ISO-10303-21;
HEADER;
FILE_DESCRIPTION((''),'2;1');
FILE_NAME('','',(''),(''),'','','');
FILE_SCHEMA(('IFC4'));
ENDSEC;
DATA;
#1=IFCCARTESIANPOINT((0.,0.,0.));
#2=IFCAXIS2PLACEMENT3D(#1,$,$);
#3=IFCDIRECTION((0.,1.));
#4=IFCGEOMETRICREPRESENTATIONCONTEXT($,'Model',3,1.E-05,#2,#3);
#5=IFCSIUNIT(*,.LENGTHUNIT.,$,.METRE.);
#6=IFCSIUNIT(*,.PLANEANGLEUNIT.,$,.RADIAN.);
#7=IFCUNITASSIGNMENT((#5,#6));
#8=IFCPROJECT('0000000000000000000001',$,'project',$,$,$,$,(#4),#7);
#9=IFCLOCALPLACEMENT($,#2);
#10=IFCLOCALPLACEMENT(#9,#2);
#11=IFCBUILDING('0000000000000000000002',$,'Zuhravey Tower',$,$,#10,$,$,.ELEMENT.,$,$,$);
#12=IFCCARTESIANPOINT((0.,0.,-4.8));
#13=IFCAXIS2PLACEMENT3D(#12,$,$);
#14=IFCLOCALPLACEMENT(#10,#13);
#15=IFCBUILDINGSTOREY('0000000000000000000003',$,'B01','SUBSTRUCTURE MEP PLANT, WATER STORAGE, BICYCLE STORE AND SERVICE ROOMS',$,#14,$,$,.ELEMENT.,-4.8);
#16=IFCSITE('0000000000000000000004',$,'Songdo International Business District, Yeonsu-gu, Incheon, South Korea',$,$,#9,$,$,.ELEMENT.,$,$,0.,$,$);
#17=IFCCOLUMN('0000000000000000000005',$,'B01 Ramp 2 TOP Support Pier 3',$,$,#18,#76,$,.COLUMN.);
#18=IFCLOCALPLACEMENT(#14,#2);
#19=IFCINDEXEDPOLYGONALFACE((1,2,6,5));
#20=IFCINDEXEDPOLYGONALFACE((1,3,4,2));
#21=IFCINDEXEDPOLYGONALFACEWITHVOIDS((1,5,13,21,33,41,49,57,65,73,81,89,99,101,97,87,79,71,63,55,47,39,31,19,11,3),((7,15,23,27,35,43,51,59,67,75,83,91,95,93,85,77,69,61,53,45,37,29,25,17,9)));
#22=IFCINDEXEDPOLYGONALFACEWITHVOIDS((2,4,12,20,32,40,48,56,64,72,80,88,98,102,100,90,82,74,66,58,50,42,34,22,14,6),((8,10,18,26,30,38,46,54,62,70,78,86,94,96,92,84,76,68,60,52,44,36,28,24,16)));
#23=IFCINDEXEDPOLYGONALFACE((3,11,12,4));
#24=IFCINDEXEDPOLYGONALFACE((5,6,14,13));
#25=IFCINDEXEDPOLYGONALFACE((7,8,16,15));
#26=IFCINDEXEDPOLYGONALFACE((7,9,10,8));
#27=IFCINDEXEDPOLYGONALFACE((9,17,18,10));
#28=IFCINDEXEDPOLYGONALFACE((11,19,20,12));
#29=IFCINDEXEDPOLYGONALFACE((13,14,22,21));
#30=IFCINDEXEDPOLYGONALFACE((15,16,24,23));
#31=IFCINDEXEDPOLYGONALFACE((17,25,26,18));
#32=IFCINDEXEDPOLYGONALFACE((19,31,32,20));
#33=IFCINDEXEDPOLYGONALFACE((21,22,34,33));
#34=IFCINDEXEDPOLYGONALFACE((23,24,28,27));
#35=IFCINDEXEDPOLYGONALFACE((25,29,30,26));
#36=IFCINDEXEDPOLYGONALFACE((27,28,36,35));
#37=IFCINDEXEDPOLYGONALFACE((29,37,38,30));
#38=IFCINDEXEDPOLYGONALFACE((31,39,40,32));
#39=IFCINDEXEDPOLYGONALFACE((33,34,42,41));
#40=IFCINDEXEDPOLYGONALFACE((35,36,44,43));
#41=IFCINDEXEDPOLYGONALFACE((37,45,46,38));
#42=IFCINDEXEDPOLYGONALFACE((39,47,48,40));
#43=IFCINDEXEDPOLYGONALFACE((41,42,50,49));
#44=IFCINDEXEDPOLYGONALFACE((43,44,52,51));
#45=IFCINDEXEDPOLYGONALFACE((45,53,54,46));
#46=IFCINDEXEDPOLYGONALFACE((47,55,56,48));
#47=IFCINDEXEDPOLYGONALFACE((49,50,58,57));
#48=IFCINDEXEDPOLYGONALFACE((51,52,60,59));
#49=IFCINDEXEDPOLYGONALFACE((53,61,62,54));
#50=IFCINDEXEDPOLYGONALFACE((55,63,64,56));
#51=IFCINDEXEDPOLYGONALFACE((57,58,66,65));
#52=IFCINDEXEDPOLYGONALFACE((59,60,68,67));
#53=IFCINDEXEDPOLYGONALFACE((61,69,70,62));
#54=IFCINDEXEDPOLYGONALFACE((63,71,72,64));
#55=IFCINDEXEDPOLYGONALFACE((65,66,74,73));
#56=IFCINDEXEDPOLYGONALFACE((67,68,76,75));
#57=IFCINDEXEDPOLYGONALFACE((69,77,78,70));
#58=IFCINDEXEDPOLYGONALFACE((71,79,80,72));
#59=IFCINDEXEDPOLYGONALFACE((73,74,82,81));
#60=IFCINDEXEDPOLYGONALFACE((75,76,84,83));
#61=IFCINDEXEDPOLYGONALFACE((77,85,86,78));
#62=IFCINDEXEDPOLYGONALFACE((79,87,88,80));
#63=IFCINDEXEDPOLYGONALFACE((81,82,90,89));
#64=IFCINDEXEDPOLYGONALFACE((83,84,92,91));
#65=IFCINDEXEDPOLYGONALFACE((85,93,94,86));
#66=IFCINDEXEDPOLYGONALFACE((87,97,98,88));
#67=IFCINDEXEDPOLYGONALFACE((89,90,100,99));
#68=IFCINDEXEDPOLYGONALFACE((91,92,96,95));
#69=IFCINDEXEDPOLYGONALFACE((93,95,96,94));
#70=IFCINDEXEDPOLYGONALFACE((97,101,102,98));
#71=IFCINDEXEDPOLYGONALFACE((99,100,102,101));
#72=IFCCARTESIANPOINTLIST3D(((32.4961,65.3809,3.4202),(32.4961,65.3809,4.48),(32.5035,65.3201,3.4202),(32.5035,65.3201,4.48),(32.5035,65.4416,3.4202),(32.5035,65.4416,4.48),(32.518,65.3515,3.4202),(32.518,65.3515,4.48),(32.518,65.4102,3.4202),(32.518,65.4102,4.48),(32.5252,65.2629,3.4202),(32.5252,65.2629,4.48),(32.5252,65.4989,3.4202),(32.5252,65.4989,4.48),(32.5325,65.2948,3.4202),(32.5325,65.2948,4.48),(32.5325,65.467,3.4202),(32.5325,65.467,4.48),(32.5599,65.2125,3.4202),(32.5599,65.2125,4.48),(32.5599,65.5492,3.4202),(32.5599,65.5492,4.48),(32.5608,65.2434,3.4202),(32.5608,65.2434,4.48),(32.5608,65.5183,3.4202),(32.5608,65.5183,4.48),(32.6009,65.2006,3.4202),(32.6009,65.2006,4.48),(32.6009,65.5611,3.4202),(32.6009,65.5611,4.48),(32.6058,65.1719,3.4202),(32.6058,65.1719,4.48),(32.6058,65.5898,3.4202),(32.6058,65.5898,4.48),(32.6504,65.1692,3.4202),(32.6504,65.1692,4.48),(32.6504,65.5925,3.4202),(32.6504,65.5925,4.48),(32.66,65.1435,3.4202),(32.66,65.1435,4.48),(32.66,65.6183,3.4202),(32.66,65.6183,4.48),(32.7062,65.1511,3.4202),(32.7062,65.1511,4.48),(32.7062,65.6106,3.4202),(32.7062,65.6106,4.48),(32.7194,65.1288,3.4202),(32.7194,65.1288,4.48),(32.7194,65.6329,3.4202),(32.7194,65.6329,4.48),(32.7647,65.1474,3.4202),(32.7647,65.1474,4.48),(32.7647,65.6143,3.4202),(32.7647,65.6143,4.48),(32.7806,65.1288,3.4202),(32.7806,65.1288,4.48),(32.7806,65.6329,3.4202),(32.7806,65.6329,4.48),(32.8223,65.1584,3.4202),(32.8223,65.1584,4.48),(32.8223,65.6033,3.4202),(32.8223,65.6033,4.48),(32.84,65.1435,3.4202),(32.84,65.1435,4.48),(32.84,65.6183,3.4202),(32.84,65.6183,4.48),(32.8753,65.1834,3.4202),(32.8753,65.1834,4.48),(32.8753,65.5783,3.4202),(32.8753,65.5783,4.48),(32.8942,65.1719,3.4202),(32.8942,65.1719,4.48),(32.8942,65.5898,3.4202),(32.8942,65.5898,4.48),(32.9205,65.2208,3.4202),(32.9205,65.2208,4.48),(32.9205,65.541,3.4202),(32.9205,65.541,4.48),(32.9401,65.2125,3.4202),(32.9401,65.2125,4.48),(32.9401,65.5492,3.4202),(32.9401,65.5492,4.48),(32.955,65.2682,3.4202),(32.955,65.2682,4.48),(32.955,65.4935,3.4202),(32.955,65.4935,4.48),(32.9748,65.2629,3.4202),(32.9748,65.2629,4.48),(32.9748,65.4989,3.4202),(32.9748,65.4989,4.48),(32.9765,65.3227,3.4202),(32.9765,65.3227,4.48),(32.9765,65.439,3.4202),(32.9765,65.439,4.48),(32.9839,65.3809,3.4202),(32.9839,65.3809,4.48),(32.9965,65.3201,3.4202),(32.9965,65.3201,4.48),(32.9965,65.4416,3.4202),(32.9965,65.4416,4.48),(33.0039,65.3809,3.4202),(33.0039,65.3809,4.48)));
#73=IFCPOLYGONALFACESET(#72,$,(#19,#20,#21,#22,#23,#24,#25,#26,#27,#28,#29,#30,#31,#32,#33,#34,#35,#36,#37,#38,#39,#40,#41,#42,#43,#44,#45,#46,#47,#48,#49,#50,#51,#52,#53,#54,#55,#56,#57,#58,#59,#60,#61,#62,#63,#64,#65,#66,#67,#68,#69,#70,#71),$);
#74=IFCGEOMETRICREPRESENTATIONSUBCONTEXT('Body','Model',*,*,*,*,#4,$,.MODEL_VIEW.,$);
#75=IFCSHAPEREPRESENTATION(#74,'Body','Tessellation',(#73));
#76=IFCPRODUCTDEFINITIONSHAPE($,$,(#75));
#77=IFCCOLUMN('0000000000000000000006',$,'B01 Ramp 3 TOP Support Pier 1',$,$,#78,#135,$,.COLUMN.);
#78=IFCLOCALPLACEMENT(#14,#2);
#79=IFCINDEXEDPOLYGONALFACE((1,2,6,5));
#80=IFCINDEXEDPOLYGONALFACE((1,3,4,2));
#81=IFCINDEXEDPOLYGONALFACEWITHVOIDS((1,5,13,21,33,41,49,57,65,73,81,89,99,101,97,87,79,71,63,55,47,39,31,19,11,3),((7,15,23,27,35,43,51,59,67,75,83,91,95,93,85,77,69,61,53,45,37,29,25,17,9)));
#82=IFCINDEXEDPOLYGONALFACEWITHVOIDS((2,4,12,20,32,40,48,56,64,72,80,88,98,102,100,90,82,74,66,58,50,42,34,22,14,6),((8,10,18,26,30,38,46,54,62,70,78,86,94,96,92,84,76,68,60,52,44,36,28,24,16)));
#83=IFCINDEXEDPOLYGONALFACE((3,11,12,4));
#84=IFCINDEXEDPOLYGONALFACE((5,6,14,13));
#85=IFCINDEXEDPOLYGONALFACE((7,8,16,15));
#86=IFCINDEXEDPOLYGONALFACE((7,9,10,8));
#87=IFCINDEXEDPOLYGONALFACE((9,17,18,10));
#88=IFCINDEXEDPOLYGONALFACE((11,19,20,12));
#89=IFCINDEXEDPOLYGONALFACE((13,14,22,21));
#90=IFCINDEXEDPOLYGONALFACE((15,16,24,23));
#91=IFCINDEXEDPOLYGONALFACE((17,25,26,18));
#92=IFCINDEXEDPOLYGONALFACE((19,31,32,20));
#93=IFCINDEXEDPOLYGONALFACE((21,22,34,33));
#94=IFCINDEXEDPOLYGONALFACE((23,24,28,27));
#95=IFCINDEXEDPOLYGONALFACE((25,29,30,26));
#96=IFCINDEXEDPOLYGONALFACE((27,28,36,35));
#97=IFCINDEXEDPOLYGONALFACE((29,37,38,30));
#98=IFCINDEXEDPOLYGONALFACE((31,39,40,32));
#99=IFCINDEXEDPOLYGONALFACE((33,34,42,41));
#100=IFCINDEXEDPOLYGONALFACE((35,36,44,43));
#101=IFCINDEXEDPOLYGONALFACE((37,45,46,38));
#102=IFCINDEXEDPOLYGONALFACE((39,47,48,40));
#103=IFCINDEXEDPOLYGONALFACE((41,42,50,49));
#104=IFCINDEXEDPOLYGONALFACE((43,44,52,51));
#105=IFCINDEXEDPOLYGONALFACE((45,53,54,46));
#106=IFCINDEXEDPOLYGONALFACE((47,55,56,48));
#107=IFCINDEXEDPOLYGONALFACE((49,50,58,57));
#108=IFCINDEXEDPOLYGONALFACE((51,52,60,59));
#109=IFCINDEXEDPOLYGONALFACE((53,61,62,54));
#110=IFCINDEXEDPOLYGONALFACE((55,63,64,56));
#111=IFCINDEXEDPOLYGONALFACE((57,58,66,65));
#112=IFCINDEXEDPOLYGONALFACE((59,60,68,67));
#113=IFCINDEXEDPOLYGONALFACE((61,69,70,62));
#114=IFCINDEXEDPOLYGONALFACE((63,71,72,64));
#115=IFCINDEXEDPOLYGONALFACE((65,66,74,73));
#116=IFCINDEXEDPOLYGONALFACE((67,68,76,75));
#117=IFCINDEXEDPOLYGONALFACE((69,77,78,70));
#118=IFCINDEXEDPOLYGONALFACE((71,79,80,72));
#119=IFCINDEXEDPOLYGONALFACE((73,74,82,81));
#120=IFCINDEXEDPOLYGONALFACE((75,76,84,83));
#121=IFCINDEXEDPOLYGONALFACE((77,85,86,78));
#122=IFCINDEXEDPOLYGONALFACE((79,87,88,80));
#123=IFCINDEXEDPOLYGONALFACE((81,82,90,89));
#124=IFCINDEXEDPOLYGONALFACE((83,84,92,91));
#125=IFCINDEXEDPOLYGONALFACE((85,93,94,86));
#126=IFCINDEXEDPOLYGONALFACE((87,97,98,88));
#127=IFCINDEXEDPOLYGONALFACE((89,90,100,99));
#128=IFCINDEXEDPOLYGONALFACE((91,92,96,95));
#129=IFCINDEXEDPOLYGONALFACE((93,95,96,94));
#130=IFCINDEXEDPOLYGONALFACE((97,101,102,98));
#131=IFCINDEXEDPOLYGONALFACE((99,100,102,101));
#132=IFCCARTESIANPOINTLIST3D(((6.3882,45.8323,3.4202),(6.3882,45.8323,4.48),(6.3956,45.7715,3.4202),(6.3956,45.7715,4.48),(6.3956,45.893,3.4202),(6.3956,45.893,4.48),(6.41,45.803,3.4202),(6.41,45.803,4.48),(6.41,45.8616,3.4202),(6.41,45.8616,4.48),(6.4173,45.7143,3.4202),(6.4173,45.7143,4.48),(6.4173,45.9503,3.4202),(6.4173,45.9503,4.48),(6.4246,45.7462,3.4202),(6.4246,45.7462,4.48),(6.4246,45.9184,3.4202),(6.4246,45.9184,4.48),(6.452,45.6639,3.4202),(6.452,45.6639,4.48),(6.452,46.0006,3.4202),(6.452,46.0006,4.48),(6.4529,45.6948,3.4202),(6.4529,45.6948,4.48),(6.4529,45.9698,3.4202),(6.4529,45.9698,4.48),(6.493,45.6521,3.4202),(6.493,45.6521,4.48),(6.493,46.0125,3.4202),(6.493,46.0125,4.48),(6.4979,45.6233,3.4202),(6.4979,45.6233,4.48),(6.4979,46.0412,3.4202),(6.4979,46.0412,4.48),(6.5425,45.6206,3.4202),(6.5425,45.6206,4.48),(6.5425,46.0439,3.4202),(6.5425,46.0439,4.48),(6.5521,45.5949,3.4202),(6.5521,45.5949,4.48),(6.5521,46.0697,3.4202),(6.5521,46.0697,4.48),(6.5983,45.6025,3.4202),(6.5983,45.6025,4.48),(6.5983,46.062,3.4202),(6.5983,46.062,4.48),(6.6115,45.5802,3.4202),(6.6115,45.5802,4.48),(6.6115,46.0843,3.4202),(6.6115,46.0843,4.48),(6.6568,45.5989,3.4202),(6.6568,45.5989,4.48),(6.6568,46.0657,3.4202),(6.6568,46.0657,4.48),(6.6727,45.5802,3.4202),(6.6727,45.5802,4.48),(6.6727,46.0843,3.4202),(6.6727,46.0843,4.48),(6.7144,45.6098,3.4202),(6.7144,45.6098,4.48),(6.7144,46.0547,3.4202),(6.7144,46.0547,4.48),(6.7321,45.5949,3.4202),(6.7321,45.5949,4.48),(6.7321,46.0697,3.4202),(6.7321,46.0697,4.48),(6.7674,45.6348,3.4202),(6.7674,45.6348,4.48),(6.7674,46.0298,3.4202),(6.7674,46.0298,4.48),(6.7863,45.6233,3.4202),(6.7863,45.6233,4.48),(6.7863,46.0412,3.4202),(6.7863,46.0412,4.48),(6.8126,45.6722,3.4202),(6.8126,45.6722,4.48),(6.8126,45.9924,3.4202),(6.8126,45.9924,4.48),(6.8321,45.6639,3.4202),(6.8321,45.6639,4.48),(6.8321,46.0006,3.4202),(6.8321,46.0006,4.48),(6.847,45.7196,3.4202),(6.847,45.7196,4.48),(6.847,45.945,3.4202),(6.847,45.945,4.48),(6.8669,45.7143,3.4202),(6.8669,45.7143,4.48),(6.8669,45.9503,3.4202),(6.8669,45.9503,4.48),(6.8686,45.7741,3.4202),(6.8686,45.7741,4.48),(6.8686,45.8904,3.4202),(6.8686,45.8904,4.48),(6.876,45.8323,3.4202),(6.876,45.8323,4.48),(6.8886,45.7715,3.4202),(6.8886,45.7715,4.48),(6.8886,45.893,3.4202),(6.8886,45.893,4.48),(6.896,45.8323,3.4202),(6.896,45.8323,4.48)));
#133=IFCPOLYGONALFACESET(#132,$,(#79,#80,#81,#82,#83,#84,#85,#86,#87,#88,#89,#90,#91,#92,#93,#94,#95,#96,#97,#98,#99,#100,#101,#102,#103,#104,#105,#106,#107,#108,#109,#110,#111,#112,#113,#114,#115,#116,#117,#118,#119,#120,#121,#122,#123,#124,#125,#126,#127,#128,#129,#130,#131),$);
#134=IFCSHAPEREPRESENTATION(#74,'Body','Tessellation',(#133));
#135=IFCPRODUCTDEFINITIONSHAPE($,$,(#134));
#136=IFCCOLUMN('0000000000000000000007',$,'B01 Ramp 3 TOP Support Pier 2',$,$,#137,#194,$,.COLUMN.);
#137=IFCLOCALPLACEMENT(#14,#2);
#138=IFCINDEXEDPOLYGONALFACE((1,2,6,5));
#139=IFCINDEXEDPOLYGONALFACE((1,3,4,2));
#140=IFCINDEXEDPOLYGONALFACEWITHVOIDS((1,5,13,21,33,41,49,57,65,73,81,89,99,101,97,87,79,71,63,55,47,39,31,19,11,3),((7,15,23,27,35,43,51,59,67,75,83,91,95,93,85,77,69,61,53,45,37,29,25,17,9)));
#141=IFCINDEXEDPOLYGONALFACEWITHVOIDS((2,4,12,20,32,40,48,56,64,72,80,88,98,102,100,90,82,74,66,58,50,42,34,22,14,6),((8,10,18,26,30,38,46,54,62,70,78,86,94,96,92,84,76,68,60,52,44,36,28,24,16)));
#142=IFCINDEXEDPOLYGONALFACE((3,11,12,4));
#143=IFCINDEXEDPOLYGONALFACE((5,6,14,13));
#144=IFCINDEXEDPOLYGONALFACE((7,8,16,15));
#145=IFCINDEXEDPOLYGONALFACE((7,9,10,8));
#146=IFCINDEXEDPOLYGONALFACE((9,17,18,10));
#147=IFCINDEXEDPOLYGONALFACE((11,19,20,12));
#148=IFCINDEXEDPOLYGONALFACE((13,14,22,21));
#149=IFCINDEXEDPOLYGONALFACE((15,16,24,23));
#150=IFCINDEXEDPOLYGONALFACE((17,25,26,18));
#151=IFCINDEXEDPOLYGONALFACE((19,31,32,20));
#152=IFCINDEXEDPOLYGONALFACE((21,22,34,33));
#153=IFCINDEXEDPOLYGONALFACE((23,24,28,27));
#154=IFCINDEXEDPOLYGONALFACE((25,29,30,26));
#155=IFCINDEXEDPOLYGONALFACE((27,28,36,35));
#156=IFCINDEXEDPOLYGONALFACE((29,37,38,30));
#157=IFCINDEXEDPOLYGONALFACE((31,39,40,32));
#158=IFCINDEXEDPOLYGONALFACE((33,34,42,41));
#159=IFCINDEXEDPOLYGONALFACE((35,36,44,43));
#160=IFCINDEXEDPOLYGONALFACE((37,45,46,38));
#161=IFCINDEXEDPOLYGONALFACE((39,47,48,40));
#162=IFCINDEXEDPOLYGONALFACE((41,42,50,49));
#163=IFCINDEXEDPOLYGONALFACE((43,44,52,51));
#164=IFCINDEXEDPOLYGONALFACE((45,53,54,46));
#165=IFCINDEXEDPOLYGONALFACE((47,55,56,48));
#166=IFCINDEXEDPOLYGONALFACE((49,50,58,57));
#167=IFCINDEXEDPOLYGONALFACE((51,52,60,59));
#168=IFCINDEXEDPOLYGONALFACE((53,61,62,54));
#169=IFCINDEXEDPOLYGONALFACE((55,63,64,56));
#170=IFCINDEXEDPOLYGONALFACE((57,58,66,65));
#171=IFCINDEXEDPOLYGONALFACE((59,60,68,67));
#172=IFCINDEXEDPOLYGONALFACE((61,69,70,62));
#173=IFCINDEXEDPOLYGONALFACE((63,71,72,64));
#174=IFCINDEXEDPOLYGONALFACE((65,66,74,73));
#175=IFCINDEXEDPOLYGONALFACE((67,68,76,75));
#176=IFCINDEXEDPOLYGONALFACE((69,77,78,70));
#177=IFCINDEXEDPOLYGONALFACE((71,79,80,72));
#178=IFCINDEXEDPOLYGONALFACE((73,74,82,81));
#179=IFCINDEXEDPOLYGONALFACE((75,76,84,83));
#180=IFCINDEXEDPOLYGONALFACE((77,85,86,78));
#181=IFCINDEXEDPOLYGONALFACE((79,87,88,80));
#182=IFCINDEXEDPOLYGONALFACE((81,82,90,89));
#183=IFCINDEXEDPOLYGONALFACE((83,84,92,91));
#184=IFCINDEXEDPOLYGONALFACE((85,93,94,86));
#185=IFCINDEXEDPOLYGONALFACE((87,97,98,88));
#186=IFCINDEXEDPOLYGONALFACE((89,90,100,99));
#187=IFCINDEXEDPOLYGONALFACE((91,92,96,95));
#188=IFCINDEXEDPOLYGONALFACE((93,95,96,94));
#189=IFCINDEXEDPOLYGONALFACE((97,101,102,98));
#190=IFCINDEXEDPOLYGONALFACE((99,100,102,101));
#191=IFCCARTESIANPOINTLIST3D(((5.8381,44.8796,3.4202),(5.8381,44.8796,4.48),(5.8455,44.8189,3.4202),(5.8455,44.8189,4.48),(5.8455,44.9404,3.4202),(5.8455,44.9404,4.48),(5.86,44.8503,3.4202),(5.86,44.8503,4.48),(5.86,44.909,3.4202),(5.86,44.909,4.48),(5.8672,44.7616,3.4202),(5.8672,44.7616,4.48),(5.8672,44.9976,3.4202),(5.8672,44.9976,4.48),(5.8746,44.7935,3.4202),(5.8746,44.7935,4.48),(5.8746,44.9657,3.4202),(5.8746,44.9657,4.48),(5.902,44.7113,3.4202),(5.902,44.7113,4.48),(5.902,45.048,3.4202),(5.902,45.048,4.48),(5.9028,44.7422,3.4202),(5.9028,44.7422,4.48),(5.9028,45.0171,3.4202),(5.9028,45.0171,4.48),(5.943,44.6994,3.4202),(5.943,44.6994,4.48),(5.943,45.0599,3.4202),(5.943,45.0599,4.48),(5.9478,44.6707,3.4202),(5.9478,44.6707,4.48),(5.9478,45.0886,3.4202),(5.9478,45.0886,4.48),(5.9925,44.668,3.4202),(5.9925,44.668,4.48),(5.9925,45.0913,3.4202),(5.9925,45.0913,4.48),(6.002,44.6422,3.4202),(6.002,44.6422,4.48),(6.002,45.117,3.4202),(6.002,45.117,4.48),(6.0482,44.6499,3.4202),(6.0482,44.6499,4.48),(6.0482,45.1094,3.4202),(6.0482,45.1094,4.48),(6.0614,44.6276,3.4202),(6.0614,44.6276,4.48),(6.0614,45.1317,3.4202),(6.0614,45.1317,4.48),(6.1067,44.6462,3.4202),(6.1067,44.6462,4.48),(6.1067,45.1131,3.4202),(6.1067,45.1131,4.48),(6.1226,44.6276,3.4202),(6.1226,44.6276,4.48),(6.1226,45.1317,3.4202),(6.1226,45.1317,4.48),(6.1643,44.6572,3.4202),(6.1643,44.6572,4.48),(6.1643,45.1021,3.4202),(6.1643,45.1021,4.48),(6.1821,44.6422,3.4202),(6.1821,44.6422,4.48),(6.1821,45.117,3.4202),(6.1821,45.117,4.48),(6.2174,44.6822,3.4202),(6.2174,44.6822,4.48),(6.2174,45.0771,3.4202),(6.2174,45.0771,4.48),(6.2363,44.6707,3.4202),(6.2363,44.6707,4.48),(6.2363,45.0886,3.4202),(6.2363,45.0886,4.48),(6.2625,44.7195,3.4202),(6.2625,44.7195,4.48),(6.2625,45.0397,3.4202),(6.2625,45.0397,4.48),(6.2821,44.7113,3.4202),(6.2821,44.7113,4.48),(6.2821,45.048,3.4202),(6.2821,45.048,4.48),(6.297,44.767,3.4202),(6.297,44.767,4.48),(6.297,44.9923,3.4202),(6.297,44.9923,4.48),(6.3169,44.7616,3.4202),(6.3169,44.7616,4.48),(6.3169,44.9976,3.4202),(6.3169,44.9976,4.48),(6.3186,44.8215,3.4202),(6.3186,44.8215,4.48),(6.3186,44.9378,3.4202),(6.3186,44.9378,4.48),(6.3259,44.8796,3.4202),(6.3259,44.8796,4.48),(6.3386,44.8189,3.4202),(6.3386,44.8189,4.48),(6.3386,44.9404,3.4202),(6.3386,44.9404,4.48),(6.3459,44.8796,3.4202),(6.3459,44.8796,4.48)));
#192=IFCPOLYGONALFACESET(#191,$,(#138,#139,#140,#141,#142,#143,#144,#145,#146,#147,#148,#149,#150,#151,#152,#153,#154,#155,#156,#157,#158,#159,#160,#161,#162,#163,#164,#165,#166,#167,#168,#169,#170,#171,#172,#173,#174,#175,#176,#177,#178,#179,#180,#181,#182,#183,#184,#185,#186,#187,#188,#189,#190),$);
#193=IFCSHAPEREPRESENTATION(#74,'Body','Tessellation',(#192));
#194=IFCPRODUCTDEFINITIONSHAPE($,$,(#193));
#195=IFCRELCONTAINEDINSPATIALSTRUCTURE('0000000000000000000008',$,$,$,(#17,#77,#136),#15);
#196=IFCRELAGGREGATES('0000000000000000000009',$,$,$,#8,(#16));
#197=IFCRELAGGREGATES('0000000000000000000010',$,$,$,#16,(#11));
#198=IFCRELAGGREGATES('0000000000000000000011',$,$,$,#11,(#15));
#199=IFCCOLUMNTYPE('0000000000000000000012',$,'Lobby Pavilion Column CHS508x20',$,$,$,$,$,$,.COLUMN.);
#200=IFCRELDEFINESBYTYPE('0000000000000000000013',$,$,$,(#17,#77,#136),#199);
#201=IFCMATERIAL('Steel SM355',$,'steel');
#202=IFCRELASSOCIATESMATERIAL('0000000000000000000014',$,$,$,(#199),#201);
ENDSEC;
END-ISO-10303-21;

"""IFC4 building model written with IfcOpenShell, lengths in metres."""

from ifc_helpers import new_model, si_unit, direction, frame, origin, origin_2d, place, context, subcontext, project, spatial, hollow_circle, extrude, material, material_profile, profile_set, type_object, element, save


model = new_model("IFC4")

# Units and contexts
model_context = context("Model", 3, precision=1e-05, world=origin(), true_north=direction((0.0, 1.0)))
body_context = subcontext(model_context, "Body", "Model", "MODEL_VIEW")
ifc_project = project(units=[si_unit("LENGTHUNIT", "METRE"), si_unit("PLANEANGLEUNIT", "RADIAN")], contexts=[model_context])

# Site, building, storey
site_placement = place(None, origin())
site = spatial("IfcSite", under=ifc_project, at=site_placement, Name="Songdo International Business District, Yeonsu-gu, Incheon, South Korea", CompositionType="ELEMENT", RefElevation=0.0)
building_placement = place(site_placement, origin())
building = spatial("IfcBuilding", under=site, at=building_placement, Name="Zuhravey Tower", CompositionType="ELEMENT")
storey_placement = place(building_placement, frame((0.0, 0.0, -4.8)))
storey = spatial("IfcBuildingStorey", under=building, at=storey_placement, Name="B01", Description="SUBSTRUCTURE MEP PLANT, WATER STORAGE, BICYCLE STORE AND SERVICE ROOMS", CompositionType="ELEMENT", Elevation=-4.8)

# Columns
ifc_material_1 = material(Name="Steel SM355", Category="steel")
ifc_material_profile_1 = material_profile(ifc_material_1, hollow_circle(Radius=0.2539, WallThickness=0.02, at=origin_2d()), Name="CHS-508x20")
ifc_profile_set_1 = profile_set([ifc_material_profile_1], Name="Steel SM355")
column_type_1 = type_object("IfcColumnType", Name="Lobby Pavilion Column CHS508x20", PredefinedType="COLUMN", material=ifc_profile_set_1)
for number, where, z_axis, x_axis, name in (
    (1, (32.75, 65.3809, 3.4202), (0.0, 0.0, 1.0), (1.0, 0.0, 0.0), "B01 Ramp 2 TOP Support Pier 3"),
    (2, (6.6421, 45.8323, 3.4202), (0.0, 0.0, 1.0), (1.0, 0.0, 0.0), "B01 Ramp 3 TOP Support Pier 1"),
    (3, (6.092, 44.8796, 3.4202), (0.0, 0.0, 1.0), (1.0, 0.0, 0.0), "B01 Ramp 3 TOP Support Pier 2"),
):
    element("IfcColumn", number, at=place(storey_placement, frame(where, z_axis=z_axis, x_axis=x_axis)), inside=storey, type_object=column_type_1, Name=name, PredefinedType="COLUMN", context=body_context, shape_type="SweptSolid", body=[
        extrude(hollow_circle(Radius=0.2539, WallThickness=0.02, at=origin_2d()), origin(), (0.0, 0.0, 1.0), 1.0598),
    ])

save(model, "model.ifc")
